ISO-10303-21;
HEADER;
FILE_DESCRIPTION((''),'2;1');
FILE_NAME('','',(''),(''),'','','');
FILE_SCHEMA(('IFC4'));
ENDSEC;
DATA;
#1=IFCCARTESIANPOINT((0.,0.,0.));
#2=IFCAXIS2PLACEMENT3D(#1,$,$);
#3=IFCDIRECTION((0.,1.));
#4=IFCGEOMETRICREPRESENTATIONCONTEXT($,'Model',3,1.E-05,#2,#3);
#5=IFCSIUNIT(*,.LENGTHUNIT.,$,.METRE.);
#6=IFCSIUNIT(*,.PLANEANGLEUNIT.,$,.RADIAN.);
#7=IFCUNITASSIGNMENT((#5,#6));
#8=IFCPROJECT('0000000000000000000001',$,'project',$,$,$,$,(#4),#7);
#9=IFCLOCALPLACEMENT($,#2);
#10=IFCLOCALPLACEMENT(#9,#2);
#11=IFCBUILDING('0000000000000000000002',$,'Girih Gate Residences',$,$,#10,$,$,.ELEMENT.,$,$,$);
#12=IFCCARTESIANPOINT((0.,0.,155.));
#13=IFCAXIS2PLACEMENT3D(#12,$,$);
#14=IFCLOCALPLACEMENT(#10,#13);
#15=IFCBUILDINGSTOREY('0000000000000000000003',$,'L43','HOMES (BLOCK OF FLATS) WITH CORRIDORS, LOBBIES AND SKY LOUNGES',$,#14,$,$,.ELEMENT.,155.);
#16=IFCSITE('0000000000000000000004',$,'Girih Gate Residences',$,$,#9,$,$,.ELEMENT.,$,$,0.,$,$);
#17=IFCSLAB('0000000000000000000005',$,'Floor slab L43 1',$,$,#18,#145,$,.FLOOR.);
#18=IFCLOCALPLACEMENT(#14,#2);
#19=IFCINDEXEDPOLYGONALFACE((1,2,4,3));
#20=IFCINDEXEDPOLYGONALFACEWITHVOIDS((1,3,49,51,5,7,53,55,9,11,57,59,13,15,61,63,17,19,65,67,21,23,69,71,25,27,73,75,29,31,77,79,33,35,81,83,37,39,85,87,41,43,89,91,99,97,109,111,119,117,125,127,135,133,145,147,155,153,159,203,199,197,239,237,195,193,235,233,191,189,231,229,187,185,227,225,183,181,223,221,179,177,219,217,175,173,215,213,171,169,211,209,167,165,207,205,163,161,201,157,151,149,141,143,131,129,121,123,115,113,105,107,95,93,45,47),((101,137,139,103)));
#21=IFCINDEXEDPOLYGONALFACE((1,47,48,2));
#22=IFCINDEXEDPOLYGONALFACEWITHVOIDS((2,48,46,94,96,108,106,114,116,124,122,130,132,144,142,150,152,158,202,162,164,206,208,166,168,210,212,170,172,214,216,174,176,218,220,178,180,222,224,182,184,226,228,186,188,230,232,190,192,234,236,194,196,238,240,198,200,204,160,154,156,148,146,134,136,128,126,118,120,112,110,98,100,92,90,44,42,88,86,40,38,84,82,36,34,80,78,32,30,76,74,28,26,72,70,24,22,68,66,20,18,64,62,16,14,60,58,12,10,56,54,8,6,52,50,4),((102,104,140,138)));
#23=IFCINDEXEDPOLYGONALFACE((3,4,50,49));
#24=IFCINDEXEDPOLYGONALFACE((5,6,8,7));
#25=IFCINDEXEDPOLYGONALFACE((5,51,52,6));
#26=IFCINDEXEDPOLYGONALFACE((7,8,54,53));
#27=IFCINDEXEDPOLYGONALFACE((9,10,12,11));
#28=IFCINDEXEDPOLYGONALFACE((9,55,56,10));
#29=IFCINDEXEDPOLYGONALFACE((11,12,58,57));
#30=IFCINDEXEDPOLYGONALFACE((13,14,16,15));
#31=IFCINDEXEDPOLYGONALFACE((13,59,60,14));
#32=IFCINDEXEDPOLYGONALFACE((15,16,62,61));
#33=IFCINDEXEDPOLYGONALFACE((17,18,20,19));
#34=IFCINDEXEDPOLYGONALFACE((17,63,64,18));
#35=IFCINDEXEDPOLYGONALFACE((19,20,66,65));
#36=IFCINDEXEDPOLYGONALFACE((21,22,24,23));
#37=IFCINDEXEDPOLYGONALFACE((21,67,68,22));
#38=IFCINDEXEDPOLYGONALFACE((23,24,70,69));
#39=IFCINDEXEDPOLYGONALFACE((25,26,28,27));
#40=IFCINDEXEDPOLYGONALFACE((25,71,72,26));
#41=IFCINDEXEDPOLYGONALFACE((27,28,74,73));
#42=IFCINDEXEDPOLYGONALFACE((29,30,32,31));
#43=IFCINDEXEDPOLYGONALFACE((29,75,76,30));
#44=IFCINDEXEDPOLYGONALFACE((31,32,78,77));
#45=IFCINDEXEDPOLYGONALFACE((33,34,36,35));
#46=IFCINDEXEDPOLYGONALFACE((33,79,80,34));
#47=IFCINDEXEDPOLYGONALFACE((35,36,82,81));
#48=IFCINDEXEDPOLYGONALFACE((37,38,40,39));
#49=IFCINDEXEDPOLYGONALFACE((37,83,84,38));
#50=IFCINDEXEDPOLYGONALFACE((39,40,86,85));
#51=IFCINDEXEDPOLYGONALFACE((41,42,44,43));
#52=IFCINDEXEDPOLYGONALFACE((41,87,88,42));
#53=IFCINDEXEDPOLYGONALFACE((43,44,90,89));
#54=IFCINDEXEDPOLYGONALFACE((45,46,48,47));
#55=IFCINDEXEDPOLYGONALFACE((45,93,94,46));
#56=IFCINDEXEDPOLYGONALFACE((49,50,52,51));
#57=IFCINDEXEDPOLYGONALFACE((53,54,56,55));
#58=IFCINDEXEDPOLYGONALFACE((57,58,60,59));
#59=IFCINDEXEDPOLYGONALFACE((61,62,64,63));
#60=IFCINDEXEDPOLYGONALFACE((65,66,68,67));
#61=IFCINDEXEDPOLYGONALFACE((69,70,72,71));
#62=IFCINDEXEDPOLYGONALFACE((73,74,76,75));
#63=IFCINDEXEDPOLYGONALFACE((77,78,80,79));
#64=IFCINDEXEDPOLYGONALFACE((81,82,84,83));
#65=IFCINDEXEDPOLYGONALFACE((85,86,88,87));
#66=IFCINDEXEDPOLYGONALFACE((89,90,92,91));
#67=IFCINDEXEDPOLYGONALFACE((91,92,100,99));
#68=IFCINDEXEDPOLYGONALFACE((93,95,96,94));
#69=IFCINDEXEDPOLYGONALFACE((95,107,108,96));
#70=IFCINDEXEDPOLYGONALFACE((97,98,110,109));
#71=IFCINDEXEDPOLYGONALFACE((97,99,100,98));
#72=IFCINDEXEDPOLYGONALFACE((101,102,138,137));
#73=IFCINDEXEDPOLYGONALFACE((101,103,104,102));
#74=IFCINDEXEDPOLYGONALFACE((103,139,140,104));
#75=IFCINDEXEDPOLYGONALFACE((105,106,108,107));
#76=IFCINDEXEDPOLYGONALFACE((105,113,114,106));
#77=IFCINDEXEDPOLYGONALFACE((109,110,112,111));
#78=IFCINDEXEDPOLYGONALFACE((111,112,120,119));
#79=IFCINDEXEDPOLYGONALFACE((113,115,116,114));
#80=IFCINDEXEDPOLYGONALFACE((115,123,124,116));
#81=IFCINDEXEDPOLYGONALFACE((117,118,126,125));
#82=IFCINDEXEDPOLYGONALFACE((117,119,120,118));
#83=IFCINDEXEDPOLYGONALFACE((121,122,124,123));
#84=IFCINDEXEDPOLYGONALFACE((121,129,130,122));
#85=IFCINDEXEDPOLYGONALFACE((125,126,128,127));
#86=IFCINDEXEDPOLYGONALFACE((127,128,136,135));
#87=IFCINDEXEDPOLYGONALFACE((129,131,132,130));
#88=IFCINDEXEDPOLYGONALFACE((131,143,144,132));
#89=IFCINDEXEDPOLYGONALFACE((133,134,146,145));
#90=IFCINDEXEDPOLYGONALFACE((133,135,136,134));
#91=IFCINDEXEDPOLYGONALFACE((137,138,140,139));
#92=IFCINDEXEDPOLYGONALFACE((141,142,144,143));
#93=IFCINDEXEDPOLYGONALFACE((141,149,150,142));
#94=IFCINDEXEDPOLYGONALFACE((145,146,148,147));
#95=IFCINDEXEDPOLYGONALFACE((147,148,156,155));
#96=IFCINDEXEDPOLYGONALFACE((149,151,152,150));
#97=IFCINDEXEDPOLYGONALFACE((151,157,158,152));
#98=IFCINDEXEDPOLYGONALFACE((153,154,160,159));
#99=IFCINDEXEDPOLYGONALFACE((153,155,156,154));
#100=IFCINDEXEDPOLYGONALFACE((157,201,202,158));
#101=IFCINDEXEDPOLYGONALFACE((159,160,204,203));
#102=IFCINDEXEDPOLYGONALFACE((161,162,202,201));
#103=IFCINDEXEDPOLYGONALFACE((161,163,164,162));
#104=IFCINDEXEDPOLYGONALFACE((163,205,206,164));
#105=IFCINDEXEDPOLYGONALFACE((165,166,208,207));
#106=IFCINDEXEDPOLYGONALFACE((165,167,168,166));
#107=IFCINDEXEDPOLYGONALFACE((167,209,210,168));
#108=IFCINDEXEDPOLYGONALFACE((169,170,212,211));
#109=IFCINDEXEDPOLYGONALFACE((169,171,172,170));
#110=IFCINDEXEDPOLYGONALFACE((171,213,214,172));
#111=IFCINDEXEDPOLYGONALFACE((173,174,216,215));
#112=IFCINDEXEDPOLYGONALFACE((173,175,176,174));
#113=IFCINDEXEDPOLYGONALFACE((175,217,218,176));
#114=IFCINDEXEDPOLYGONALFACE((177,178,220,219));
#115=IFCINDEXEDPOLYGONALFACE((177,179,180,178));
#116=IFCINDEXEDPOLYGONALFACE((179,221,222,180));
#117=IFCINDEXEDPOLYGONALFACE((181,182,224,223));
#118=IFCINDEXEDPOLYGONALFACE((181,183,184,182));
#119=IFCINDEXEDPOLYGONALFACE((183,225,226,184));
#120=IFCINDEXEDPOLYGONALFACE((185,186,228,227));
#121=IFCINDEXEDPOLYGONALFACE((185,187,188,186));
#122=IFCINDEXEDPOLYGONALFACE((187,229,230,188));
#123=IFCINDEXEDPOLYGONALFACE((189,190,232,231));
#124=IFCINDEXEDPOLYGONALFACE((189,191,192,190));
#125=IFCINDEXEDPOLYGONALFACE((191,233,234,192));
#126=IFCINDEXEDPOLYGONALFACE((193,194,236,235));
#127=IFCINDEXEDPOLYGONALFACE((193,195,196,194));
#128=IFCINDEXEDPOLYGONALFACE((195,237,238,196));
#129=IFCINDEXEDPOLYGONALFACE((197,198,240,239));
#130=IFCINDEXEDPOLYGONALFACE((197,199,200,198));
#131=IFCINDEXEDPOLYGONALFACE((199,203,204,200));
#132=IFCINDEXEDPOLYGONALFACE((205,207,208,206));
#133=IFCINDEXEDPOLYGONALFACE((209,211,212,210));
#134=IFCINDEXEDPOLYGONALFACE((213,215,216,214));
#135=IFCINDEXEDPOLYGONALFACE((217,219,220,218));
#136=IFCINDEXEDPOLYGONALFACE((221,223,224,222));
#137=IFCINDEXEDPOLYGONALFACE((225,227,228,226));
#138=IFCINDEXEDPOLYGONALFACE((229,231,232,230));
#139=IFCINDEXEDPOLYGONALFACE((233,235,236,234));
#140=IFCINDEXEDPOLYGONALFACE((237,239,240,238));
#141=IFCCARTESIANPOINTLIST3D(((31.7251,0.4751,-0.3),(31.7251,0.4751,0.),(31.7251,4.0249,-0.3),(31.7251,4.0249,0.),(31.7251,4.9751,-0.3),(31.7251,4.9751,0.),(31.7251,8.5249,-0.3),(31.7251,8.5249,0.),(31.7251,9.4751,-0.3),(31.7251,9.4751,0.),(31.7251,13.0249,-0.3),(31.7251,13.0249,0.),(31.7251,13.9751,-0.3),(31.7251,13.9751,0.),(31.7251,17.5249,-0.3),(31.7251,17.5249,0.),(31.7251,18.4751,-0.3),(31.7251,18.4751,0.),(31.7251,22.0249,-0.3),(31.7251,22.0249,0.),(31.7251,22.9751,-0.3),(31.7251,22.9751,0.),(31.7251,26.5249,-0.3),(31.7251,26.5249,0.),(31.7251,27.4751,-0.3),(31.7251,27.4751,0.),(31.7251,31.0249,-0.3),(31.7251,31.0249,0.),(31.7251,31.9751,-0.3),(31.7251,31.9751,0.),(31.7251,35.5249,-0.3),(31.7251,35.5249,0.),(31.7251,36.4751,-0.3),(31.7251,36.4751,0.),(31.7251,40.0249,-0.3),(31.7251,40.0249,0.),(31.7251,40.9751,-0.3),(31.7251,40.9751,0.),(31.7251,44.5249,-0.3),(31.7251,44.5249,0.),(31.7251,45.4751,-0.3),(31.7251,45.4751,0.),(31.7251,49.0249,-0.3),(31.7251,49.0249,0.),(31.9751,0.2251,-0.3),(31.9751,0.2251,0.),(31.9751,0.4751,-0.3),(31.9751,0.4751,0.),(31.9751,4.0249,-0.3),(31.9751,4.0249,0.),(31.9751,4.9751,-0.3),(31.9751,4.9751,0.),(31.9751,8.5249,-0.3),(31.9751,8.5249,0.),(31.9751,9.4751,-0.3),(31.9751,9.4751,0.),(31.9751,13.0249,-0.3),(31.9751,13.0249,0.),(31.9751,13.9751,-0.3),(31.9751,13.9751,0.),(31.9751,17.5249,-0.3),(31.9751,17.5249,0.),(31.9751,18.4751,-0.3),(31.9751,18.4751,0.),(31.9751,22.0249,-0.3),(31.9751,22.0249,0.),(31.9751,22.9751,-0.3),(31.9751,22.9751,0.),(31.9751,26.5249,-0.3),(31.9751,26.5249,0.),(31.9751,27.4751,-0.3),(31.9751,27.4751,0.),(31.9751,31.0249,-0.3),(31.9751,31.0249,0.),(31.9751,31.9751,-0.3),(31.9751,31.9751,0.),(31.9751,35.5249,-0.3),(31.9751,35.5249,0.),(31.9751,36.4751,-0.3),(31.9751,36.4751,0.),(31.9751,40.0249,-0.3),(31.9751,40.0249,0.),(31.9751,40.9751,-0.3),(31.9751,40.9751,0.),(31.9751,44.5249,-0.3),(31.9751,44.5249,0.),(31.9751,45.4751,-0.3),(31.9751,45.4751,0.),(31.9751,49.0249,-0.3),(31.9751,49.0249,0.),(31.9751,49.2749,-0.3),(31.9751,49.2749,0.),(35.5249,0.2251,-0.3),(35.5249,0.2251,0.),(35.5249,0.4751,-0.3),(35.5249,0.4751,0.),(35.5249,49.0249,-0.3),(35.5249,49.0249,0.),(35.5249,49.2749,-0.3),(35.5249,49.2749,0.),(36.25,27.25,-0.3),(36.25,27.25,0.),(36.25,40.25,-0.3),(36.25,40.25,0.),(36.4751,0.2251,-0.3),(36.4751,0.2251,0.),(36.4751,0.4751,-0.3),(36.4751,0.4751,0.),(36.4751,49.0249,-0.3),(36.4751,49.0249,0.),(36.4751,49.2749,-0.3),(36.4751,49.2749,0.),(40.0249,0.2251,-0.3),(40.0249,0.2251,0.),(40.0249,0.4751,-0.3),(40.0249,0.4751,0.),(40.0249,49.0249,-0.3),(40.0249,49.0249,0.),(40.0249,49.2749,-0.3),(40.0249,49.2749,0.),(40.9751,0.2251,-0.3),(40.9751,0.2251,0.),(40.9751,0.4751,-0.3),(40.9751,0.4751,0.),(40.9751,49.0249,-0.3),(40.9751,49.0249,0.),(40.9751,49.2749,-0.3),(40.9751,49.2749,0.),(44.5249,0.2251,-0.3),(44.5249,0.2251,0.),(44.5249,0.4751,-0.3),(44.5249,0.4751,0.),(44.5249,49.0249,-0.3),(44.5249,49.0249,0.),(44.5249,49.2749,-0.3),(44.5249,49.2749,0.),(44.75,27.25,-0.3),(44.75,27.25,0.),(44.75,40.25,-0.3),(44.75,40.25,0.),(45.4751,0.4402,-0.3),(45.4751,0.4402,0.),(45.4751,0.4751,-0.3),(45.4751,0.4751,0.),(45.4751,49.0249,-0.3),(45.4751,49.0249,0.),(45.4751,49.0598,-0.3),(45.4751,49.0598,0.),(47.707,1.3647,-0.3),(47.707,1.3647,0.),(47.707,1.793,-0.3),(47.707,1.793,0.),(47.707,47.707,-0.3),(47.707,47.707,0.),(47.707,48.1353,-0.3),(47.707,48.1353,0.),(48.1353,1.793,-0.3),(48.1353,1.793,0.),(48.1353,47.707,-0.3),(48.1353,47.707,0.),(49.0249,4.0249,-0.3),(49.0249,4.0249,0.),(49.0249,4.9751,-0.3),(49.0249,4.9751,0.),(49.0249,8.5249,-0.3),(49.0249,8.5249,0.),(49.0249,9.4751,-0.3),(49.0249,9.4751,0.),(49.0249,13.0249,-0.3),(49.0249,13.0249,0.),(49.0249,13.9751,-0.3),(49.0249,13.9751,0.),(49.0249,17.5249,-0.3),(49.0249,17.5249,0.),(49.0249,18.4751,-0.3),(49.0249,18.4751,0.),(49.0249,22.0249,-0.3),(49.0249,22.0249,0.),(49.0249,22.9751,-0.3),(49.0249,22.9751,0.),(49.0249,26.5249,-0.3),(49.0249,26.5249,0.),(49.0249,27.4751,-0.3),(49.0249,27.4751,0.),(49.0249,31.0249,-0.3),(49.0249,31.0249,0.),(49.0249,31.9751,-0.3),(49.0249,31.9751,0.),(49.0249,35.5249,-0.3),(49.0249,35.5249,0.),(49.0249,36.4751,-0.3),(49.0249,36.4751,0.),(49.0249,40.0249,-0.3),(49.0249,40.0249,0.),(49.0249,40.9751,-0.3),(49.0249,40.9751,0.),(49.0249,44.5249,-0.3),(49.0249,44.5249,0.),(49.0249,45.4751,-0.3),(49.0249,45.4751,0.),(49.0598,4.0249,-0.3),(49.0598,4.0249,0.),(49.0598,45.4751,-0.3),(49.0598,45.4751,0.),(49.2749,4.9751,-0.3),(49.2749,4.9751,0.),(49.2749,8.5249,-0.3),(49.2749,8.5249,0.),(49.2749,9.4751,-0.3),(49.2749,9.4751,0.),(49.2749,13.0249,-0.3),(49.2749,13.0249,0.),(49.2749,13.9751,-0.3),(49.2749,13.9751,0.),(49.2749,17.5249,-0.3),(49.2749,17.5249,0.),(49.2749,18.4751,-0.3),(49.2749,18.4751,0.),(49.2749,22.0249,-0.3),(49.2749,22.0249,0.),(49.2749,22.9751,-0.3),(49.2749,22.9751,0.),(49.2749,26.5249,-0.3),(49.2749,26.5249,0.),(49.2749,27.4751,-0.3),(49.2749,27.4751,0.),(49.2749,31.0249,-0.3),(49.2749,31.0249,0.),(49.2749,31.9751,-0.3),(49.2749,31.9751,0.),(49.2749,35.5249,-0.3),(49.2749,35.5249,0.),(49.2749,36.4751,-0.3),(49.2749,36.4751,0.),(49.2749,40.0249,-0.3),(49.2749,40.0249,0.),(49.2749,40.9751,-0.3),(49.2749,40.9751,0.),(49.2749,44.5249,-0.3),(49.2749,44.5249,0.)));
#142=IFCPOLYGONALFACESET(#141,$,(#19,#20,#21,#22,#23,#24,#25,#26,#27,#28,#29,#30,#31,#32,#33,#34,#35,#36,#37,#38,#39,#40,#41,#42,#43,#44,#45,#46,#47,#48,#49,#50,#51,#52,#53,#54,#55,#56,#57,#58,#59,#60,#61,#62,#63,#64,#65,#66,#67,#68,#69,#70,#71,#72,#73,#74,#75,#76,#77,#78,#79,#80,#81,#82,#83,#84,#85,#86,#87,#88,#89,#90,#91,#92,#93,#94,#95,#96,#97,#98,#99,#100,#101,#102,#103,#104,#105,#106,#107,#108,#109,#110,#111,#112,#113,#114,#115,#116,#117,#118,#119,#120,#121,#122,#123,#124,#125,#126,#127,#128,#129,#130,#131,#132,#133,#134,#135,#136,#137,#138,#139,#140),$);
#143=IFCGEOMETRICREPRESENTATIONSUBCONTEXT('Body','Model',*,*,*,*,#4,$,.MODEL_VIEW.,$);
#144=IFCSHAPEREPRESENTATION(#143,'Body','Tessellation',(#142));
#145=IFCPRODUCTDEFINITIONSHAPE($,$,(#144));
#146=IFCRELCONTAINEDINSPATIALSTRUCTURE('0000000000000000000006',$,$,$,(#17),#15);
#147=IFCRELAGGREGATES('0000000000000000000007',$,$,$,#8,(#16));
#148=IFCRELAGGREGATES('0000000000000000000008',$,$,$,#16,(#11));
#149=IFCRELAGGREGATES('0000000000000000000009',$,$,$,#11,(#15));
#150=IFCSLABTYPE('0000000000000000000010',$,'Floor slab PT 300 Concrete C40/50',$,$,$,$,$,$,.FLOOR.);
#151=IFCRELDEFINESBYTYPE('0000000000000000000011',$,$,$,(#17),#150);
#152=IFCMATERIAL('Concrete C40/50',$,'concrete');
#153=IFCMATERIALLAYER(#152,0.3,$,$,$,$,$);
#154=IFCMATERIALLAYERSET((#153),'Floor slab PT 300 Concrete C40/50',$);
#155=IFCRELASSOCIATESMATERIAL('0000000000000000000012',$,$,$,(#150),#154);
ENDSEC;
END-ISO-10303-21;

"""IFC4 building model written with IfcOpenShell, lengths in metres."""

from ifc_helpers import new_model, si_unit, direction, frame, origin, place, context, subcontext, project, spatial, polyline, outline, extrude, material, layer, layer_set, type_object, element, save


model = new_model("IFC4")

# Units and contexts
model_context = context("Model", 3, precision=1e-05, world=origin(), true_north=direction((0.0, 1.0)))
body_context = subcontext(model_context, "Body", "Model", "MODEL_VIEW")
ifc_project = project(units=[si_unit("LENGTHUNIT", "METRE"), si_unit("PLANEANGLEUNIT", "RADIAN")], contexts=[model_context])

# Site, building, storey
site_placement = place(None, origin())
site = spatial("IfcSite", under=ifc_project, at=site_placement, Name="Girih Gate Residences", CompositionType="ELEMENT", RefElevation=0.0)
building_placement = place(site_placement, origin())
building = spatial("IfcBuilding", under=site, at=building_placement, Name="Girih Gate Residences", CompositionType="ELEMENT")
storey_placement = place(building_placement, frame((0.0, 0.0, 155.0)))
storey = spatial("IfcBuildingStorey", under=building, at=storey_placement, Name="L43", Description="HOMES (BLOCK OF FLATS) WITH CORRIDORS, LOBBIES AND SKY LOUNGES", CompositionType="ELEMENT", Elevation=155.0)

# Slab
ifc_material_1 = material(Name="Concrete C40/50", Category="concrete")
ifc_layer_1 = layer(ifc_material_1, 0.3)
ifc_layer_set_1 = layer_set([ifc_layer_1], Name="Floor slab PT 300 Concrete C40/50")
slab_type_1 = type_object("IfcSlabType", Name="Floor slab PT 300 Concrete C40/50", PredefinedType="FLOOR", material=ifc_layer_set_1)
slab_1_placement = place(storey_placement, frame((0.0, 0.0, -0.3)))
element("IfcSlab", 1, at=slab_1_placement, inside=storey, type_object=slab_type_1, Name="Floor slab L43 1", PredefinedType="FLOOR", context=body_context, shape_type="SweptSolid", body=[
    extrude(outline(polyline([(35.5249, 49.2749), (31.9751, 49.2749), (31.9751, 49.0249), (31.7251, 49.0249), (31.7251, 45.4751), (31.9751, 45.4751), (31.9751, 44.5249), (31.7251, 44.5249), (31.7251, 40.9751), (31.9751, 40.9751), (31.9751, 40.0249), (31.7251, 40.0249), (31.7251, 36.4751), (31.9751, 36.4751), (31.9751, 35.5249), (31.7251, 35.5249), (31.7251, 31.9751), (31.9751, 31.9751), (31.9751, 31.0249), (31.7251, 31.0249), (31.7251, 27.4751), (31.9751, 27.4751), (31.9751, 26.5249), (31.7251, 26.5249), (31.7251, 22.9751), (31.9751, 22.9751), (31.9751, 22.0249), (31.7251, 22.0249), (31.7251, 18.4751), (31.9751, 18.4751), (31.9751, 17.5249), (31.7251, 17.5249), (31.7251, 13.9751), (31.9751, 13.9751), (31.9751, 13.0249), (31.7251, 13.0249), (31.7251, 9.4751), (31.9751, 9.4751), (31.9751, 8.5249), (31.7251, 8.5249), (31.7251, 4.9751), (31.9751, 4.9751), (31.9751, 4.0249), (31.7251, 4.0249), (31.7251, 0.4751), (31.9751, 0.4751), (31.9751, 0.2251), (35.5249, 0.2251), (35.5249, 0.4751), (36.4751, 0.4751), (36.4751, 0.2251), (40.0249, 0.2251), (40.0249, 0.4751), (40.9751, 0.4751), (40.9751, 0.2251), (44.5249, 0.2251), (44.5249, 0.4751), (45.4751, 0.4751), (45.4751, 0.4402), (47.707, 1.3647), (47.707, 1.793), (48.1353, 1.793), (49.0598, 4.0249), (49.0249, 4.0249), (49.0249, 4.9751), (49.2749, 4.9751), (49.2749, 8.5249), (49.0249, 8.5249), (49.0249, 9.4751), (49.2749, 9.4751), (49.2749, 13.0249), (49.0249, 13.0249), (49.0249, 13.9751), (49.2749, 13.9751), (49.2749, 17.5249), (49.0249, 17.5249), (49.0249, 18.4751), (49.2749, 18.4751), (49.2749, 22.0249), (49.0249, 22.0249), (49.0249, 22.9751), (49.2749, 22.9751), (49.2749, 26.5249), (49.0249, 26.5249), (49.0249, 27.4751), (49.2749, 27.4751), (49.2749, 31.0249), (49.0249, 31.0249), (49.0249, 31.9751), (49.2749, 31.9751), (49.2749, 35.5249), (49.0249, 35.5249), (49.0249, 36.4751), (49.2749, 36.4751), (49.2749, 40.0249), (49.0249, 40.0249), (49.0249, 40.9751), (49.2749, 40.9751), (49.2749, 44.5249), (49.0249, 44.5249), (49.0249, 45.4751), (49.0598, 45.4751), (48.1353, 47.707), (47.707, 47.707), (47.707, 48.1353), (45.4751, 49.0598), (45.4751, 49.0249), (44.5249, 49.0249), (44.5249, 49.2749), (40.9751, 49.2749), (40.9751, 49.0249), (40.0249, 49.0249), (40.0249, 49.2749), (36.4751, 49.2749), (36.4751, 49.0249), (35.5249, 49.0249), (35.5249, 49.2749)]), holes=[polyline([(44.75, 40.25), (44.75, 27.25), (36.25, 27.25), (36.25, 40.25), (44.75, 40.25)])]), origin(), (0.0, 0.0, 1.0), 0.3),
])

save(model, "model.ifc")
